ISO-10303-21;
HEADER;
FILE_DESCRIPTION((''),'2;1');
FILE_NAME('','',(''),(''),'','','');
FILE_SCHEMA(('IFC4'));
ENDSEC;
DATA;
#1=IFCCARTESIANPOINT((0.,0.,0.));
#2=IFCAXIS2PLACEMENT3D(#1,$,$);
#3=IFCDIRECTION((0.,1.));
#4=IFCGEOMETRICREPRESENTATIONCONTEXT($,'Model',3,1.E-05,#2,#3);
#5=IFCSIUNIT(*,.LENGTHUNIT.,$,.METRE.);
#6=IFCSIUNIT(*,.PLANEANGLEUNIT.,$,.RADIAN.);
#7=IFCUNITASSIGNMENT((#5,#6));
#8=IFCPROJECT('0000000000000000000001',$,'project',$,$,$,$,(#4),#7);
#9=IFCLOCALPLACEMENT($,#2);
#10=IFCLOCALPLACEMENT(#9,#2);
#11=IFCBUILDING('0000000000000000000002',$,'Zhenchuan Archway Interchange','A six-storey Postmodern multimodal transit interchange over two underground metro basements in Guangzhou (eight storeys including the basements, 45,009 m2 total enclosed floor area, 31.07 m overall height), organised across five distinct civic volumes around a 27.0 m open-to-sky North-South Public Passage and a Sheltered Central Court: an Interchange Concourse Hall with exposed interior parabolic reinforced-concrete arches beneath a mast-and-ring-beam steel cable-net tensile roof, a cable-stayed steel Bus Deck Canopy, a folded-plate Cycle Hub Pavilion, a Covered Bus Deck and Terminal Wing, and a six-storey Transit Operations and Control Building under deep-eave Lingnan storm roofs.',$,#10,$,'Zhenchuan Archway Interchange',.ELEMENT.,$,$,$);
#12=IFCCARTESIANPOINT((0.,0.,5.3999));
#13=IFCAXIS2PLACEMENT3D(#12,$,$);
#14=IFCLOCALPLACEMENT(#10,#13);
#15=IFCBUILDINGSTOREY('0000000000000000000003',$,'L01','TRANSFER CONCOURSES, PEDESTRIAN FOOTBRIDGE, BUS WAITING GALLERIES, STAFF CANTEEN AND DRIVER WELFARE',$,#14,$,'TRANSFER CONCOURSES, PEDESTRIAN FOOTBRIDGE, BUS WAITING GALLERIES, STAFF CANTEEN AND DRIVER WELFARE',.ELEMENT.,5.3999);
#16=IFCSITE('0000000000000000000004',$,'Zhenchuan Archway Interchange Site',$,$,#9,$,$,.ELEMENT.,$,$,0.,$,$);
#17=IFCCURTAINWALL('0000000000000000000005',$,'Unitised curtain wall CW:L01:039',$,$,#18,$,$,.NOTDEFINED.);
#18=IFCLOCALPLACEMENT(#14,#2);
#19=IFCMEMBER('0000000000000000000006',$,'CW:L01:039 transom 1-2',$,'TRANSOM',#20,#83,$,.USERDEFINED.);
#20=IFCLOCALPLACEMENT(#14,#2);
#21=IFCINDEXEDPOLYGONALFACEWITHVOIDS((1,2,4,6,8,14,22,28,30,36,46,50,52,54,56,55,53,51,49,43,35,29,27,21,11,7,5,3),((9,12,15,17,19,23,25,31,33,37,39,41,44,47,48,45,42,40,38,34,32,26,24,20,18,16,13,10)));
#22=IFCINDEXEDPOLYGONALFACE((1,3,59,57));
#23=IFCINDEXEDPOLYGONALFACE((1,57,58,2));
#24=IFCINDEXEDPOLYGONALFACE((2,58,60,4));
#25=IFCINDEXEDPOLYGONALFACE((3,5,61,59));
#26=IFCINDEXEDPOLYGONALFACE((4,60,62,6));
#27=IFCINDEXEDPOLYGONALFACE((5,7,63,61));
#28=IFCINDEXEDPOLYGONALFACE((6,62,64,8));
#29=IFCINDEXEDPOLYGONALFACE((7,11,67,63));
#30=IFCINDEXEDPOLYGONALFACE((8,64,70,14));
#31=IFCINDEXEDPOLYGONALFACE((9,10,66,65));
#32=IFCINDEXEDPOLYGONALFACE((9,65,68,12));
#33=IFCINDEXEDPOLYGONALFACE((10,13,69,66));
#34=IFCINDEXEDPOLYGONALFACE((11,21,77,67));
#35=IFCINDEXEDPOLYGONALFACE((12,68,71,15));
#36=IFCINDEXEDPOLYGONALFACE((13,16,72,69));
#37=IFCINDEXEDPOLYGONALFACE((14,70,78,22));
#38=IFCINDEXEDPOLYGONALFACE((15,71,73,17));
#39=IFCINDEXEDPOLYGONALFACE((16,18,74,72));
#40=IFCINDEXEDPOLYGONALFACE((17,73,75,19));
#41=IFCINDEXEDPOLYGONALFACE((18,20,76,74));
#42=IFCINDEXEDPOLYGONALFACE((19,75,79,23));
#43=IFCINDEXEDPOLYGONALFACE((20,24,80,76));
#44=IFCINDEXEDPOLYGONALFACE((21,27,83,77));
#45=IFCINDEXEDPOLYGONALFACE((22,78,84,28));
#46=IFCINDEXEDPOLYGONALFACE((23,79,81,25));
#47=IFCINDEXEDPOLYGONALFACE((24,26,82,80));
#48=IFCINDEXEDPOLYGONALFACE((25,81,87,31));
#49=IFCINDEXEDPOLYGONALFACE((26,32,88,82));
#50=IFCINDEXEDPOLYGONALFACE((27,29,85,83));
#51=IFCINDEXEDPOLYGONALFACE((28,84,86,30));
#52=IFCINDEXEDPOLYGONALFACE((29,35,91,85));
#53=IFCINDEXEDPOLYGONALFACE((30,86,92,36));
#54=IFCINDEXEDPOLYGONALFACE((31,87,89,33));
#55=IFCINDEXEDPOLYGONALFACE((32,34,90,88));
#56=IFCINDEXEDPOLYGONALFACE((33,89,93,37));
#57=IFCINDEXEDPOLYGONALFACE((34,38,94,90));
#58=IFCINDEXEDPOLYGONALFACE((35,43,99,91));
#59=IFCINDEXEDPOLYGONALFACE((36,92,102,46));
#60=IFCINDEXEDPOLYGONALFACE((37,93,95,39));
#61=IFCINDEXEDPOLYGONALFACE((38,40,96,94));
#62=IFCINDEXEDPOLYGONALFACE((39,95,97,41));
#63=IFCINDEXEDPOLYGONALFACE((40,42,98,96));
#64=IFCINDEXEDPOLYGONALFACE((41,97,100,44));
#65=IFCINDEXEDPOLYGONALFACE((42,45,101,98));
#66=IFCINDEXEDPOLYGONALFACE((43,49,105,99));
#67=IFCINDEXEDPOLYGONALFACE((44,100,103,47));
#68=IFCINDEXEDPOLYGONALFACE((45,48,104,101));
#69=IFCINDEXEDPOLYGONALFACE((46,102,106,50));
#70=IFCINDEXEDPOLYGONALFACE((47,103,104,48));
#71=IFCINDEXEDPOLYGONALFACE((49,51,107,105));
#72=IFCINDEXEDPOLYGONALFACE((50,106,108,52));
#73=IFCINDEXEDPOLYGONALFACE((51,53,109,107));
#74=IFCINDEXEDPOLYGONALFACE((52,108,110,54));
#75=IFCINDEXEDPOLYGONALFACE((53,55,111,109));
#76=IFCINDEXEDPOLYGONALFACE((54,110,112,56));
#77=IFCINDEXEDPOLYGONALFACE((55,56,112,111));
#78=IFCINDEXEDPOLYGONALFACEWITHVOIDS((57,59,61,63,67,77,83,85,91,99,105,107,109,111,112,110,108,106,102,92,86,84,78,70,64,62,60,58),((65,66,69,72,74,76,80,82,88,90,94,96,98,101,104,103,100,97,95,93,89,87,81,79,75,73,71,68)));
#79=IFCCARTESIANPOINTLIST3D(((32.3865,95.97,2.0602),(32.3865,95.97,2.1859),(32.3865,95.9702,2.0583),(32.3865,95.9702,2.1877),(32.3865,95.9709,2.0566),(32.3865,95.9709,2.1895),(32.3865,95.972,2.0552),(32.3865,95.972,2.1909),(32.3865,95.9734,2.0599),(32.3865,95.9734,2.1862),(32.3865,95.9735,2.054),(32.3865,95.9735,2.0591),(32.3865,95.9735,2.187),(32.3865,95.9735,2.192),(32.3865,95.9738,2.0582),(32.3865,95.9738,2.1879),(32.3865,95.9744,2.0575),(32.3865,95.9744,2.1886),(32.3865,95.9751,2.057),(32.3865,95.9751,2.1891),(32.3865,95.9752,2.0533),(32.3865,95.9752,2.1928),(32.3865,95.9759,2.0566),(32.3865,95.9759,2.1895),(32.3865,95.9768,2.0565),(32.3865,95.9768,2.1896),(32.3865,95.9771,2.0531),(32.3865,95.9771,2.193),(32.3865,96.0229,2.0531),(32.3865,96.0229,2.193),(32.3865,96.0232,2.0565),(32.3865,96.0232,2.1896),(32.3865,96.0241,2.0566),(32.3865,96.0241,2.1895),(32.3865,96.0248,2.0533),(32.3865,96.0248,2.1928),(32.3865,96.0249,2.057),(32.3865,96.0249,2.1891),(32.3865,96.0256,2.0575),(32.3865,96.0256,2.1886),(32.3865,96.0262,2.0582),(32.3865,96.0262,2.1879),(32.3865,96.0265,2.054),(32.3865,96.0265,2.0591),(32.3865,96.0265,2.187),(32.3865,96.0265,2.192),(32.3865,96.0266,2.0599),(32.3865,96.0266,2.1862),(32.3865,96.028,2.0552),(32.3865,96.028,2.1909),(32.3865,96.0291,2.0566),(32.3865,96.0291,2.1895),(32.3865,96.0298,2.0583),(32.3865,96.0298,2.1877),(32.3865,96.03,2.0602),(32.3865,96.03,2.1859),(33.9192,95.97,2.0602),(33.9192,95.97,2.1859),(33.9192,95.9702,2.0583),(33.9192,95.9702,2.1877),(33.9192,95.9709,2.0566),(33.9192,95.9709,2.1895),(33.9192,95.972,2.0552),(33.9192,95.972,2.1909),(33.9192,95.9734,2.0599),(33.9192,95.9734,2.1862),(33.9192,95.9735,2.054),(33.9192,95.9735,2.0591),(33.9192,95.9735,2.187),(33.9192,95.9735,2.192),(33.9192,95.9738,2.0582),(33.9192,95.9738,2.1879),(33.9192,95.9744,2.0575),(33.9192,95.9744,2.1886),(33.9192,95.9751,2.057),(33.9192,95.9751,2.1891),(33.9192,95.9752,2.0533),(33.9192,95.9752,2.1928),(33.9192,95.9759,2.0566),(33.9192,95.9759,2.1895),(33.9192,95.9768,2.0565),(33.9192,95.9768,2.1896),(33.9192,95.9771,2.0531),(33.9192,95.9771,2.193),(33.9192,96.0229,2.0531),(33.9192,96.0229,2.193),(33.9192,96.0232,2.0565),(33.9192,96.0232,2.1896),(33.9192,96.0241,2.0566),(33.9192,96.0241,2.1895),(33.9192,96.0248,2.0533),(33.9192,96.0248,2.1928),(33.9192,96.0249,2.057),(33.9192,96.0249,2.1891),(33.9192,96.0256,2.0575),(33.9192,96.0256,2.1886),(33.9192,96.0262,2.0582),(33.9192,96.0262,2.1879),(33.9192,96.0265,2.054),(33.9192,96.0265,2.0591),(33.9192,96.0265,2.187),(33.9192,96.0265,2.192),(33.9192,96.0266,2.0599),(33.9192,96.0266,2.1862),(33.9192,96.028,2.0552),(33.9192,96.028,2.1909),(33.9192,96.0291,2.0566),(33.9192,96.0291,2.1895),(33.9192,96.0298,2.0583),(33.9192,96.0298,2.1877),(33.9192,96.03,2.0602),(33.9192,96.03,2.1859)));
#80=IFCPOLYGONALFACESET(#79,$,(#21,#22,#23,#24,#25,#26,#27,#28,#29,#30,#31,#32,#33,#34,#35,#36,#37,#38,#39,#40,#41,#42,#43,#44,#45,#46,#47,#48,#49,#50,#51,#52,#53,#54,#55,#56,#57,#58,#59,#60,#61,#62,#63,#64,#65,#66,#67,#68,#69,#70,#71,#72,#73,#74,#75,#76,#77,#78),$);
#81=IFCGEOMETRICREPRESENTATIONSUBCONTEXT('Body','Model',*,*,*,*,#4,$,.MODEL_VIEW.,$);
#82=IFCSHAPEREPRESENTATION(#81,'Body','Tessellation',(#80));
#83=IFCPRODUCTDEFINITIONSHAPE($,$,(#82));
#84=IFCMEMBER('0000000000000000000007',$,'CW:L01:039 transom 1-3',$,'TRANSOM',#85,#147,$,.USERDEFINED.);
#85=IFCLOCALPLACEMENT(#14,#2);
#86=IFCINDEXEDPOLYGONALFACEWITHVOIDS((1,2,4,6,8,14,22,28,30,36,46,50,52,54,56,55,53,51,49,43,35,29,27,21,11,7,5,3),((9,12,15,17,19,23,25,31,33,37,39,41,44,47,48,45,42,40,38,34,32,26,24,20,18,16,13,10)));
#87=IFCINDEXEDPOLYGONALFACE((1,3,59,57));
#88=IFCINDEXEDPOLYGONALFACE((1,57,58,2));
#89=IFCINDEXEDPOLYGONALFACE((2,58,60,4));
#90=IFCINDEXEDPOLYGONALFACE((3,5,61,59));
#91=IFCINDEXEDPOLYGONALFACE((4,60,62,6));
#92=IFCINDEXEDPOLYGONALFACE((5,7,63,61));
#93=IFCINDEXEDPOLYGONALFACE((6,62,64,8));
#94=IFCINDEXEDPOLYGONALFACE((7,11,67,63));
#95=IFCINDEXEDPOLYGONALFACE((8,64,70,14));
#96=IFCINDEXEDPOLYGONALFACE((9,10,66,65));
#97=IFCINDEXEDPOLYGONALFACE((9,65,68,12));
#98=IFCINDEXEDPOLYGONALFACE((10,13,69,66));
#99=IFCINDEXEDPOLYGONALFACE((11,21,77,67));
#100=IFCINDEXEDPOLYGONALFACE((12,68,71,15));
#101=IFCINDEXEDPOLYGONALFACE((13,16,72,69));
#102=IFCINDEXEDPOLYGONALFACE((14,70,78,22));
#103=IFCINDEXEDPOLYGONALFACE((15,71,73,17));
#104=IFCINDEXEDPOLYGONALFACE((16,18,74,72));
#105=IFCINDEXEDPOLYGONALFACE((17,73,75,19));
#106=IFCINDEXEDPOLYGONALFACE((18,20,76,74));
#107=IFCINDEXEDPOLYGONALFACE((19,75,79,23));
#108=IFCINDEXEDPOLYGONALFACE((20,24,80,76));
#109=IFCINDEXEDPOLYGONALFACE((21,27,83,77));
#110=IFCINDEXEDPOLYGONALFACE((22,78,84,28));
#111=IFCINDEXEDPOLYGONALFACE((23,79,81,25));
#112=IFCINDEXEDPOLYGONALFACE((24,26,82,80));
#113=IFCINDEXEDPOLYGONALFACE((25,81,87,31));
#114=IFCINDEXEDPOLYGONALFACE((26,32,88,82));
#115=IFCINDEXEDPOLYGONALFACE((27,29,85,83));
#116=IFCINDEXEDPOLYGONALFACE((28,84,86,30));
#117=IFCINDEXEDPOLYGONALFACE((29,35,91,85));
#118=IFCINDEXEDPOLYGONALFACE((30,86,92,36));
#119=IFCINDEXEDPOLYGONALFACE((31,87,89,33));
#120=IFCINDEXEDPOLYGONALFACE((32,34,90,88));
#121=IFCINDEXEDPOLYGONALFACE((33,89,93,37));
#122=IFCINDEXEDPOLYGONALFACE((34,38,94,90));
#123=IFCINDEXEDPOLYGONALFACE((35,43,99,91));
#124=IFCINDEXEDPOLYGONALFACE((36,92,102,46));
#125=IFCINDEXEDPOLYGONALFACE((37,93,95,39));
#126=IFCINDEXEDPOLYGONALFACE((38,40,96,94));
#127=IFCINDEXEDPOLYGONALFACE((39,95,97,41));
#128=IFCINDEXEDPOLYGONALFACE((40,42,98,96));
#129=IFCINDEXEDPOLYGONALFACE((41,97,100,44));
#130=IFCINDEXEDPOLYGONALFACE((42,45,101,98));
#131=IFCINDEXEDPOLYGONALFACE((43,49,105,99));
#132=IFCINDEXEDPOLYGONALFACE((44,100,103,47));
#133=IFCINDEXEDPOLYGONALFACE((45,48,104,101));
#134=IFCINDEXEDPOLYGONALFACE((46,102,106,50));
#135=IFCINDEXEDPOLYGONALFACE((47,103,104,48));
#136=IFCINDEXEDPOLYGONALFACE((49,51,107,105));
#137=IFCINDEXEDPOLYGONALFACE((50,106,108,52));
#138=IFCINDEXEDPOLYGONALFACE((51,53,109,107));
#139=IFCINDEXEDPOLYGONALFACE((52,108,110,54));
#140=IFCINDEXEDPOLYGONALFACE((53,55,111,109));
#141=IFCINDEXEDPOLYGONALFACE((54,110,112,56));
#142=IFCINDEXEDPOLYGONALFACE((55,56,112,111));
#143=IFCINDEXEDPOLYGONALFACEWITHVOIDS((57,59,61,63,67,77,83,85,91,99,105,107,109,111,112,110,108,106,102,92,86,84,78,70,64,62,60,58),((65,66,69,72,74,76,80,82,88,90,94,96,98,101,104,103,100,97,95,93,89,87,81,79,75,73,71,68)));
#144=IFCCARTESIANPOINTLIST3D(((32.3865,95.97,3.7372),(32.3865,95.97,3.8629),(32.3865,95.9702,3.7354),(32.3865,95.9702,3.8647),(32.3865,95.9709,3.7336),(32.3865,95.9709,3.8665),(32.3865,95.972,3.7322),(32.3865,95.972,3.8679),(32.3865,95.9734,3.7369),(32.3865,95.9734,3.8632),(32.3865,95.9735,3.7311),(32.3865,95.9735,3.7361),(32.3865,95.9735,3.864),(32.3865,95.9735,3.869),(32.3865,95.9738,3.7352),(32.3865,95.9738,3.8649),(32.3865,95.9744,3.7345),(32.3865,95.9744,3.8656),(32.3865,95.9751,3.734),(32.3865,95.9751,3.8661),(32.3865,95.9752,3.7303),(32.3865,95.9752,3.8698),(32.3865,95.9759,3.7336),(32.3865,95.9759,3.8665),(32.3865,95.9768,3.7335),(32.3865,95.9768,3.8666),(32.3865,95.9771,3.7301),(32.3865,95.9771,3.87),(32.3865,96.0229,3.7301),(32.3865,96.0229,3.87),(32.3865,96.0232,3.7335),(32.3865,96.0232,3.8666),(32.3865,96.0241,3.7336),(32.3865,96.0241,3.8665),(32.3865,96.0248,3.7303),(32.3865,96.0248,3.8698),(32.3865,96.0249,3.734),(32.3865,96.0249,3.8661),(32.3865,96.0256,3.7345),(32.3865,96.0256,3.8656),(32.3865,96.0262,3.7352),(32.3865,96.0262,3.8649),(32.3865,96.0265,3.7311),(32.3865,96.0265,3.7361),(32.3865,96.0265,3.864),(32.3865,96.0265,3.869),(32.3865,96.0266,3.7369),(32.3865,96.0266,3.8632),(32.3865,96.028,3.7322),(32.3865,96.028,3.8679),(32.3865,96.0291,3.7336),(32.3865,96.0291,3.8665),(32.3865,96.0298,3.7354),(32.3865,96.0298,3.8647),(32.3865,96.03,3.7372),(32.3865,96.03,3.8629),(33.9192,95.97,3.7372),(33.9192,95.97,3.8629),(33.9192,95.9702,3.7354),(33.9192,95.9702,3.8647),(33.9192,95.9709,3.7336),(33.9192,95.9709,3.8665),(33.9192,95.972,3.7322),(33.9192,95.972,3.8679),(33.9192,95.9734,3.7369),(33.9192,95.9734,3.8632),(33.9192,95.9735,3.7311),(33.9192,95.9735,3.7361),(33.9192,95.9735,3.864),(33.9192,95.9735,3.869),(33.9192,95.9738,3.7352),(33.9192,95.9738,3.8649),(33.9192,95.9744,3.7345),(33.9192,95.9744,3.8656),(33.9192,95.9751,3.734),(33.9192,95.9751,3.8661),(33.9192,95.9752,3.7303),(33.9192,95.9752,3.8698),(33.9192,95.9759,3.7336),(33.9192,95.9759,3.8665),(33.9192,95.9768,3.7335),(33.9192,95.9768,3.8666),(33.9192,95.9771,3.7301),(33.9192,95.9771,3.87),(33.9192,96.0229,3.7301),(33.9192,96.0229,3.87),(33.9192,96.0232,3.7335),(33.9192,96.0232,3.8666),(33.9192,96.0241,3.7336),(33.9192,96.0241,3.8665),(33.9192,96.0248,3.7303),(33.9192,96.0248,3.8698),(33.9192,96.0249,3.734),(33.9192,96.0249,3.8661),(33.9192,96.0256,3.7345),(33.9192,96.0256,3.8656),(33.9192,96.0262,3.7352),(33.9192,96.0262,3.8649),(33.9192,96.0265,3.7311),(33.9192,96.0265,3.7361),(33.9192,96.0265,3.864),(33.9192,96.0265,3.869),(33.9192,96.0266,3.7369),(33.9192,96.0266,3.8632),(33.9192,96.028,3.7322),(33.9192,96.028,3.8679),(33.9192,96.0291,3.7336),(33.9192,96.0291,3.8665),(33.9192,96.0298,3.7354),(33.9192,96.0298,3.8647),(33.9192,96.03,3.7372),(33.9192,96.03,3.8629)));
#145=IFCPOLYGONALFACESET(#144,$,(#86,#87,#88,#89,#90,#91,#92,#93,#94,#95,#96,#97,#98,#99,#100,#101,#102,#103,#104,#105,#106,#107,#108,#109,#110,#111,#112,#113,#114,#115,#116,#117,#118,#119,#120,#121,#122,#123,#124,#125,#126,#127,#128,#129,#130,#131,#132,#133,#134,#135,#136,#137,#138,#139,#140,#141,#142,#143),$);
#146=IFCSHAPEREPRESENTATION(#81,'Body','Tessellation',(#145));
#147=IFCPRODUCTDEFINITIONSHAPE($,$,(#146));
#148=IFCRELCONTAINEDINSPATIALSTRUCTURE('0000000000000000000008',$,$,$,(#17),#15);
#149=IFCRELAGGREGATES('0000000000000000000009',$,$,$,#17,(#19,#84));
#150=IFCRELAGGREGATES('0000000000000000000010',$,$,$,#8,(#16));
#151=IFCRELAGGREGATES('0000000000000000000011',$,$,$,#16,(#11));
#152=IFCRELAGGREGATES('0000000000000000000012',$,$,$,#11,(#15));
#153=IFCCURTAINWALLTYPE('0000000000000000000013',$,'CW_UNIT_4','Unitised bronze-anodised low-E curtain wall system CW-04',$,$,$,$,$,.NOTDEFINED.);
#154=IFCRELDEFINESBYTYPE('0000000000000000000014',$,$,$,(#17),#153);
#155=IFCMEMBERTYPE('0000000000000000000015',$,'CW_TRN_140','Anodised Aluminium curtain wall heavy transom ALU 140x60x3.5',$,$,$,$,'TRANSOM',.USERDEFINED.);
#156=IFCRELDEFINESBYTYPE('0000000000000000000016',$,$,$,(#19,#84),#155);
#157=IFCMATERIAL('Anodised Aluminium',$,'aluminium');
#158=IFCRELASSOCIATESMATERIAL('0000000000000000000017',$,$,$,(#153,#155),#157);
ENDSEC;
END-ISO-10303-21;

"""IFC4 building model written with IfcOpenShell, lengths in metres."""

from ifc_helpers import new_model, si_unit, direction, frame, origin, origin_2d, place, context, subcontext, project, spatial, hollow_rectangle, extrude, material, material_profile, profile_set, type_object, element, aggregate, save


model = new_model("IFC4")

# Units and contexts
model_context = context("Model", 3, precision=1e-05, world=origin(), true_north=direction((0.0, 1.0)))
body_context = subcontext(model_context, "Body", "Model", "MODEL_VIEW")
ifc_project = project(units=[si_unit("LENGTHUNIT", "METRE"), si_unit("PLANEANGLEUNIT", "RADIAN")], contexts=[model_context])

# Site, building, storey
site_placement = place(None, origin())
site = spatial("IfcSite", under=ifc_project, at=site_placement, Name="Zhenchuan Archway Interchange Site", CompositionType="ELEMENT", RefElevation=0.0)
building_placement = place(site_placement, origin())
building = spatial("IfcBuilding", under=site, at=building_placement, Name="Zhenchuan Archway Interchange", Description="A six-storey Postmodern multimodal transit interchange over two underground metro basements in Guangzhou (eight storeys including the basements, 45,009 m2 total enclosed floor area, 31.07 m overall height), organised across five distinct civic volumes around a 27.0 m open-to-sky North-South Public Passage and a Sheltered Central Court: an Interchange Concourse Hall with exposed interior parabolic reinforced-concrete arches beneath a mast-and-ring-beam steel cable-net tensile roof, a cable-stayed steel Bus Deck Canopy, a folded-plate Cycle Hub Pavilion, a Covered Bus Deck and Terminal Wing, and a six-storey Transit Operations and Control Building under deep-eave Lingnan storm roofs.", LongName="Zhenchuan Archway Interchange", CompositionType="ELEMENT")
storey_placement = place(building_placement, frame((0.0, 0.0, 5.3999)))
storey = spatial("IfcBuildingStorey", under=building, at=storey_placement, Name="L01", Description="TRANSFER CONCOURSES, PEDESTRIAN FOOTBRIDGE, BUS WAITING GALLERIES, STAFF CANTEEN AND DRIVER WELFARE", LongName="TRANSFER CONCOURSES, PEDESTRIAN FOOTBRIDGE, BUS WAITING GALLERIES, STAFF CANTEEN AND DRIVER WELFARE", CompositionType="ELEMENT", Elevation=5.3999)

# Curtain wall, members
ifc_material_1 = material(Name="Anodised Aluminium", Category="aluminium")
curtain_wall_type = type_object("IfcCurtainWallType", Name="CW_UNIT_4", Description="Unitised bronze-anodised low-E curtain wall system CW-04", PredefinedType="NOTDEFINED", material=ifc_material_1)
curtain_wall_placement = place(storey_placement, origin())
curtain_wall = element("IfcCurtainWall", 1, at=curtain_wall_placement, inside=storey, type_object=curtain_wall_type, Name="Unitised curtain wall CW:L01:039", PredefinedType="NOTDEFINED")
ifc_material_profile_1 = material_profile(ifc_material_1, hollow_rectangle(XDim=0.0601, YDim=0.1399, WallThickness=0.0034, InnerFilletRadius=0.0034, OuterFilletRadius=0.0071, at=origin_2d()), Name="ALU 140x60x3.5")
ifc_profile_set_1 = profile_set([ifc_material_profile_1], Name="Anodised Aluminium")
member_type_1 = type_object("IfcMemberType", Name="CW_TRN_140", Description="Anodised Aluminium curtain wall heavy transom ALU 140x60x3.5", ElementType="TRANSOM", PredefinedType="USERDEFINED", material=ifc_profile_set_1)
member_1_placement = place(storey_placement, frame((33.9192, 96.0, 2.123), z_axis=(-1.0, 0.0, 0.0), x_axis=(0.0, -1.0, 0.0)))
member_1 = element("IfcMember", 2, at=member_1_placement, type_object=member_type_1, Name="CW:L01:039 transom 1-2", ObjectType="TRANSOM", PredefinedType="USERDEFINED", context=body_context, shape_type="SweptSolid", body=[
    extrude(hollow_rectangle(XDim=0.0601, YDim=0.1399, WallThickness=0.0034, InnerFilletRadius=0.0034, OuterFilletRadius=0.0071, at=origin_2d()), origin(), (0.0, 0.0, 1.0), 1.5327),
])
member_2_placement = place(storey_placement, frame((33.9192, 96.0, 3.8), z_axis=(-1.0, 0.0, 0.0), x_axis=(0.0, -1.0, 0.0)))
member_2 = element("IfcMember", 3, at=member_2_placement, type_object=member_type_1, Name="CW:L01:039 transom 1-3", ObjectType="TRANSOM", PredefinedType="USERDEFINED", context=body_context, shape_type="SweptSolid", body=[
    extrude(hollow_rectangle(XDim=0.0601, YDim=0.1399, WallThickness=0.0034, InnerFilletRadius=0.0034, OuterFilletRadius=0.0071, at=origin_2d()), origin(), (0.0, 0.0, 1.0), 1.5327),
])

aggregate(curtain_wall, [member_1, member_2])

save(model, "model.ifc")
